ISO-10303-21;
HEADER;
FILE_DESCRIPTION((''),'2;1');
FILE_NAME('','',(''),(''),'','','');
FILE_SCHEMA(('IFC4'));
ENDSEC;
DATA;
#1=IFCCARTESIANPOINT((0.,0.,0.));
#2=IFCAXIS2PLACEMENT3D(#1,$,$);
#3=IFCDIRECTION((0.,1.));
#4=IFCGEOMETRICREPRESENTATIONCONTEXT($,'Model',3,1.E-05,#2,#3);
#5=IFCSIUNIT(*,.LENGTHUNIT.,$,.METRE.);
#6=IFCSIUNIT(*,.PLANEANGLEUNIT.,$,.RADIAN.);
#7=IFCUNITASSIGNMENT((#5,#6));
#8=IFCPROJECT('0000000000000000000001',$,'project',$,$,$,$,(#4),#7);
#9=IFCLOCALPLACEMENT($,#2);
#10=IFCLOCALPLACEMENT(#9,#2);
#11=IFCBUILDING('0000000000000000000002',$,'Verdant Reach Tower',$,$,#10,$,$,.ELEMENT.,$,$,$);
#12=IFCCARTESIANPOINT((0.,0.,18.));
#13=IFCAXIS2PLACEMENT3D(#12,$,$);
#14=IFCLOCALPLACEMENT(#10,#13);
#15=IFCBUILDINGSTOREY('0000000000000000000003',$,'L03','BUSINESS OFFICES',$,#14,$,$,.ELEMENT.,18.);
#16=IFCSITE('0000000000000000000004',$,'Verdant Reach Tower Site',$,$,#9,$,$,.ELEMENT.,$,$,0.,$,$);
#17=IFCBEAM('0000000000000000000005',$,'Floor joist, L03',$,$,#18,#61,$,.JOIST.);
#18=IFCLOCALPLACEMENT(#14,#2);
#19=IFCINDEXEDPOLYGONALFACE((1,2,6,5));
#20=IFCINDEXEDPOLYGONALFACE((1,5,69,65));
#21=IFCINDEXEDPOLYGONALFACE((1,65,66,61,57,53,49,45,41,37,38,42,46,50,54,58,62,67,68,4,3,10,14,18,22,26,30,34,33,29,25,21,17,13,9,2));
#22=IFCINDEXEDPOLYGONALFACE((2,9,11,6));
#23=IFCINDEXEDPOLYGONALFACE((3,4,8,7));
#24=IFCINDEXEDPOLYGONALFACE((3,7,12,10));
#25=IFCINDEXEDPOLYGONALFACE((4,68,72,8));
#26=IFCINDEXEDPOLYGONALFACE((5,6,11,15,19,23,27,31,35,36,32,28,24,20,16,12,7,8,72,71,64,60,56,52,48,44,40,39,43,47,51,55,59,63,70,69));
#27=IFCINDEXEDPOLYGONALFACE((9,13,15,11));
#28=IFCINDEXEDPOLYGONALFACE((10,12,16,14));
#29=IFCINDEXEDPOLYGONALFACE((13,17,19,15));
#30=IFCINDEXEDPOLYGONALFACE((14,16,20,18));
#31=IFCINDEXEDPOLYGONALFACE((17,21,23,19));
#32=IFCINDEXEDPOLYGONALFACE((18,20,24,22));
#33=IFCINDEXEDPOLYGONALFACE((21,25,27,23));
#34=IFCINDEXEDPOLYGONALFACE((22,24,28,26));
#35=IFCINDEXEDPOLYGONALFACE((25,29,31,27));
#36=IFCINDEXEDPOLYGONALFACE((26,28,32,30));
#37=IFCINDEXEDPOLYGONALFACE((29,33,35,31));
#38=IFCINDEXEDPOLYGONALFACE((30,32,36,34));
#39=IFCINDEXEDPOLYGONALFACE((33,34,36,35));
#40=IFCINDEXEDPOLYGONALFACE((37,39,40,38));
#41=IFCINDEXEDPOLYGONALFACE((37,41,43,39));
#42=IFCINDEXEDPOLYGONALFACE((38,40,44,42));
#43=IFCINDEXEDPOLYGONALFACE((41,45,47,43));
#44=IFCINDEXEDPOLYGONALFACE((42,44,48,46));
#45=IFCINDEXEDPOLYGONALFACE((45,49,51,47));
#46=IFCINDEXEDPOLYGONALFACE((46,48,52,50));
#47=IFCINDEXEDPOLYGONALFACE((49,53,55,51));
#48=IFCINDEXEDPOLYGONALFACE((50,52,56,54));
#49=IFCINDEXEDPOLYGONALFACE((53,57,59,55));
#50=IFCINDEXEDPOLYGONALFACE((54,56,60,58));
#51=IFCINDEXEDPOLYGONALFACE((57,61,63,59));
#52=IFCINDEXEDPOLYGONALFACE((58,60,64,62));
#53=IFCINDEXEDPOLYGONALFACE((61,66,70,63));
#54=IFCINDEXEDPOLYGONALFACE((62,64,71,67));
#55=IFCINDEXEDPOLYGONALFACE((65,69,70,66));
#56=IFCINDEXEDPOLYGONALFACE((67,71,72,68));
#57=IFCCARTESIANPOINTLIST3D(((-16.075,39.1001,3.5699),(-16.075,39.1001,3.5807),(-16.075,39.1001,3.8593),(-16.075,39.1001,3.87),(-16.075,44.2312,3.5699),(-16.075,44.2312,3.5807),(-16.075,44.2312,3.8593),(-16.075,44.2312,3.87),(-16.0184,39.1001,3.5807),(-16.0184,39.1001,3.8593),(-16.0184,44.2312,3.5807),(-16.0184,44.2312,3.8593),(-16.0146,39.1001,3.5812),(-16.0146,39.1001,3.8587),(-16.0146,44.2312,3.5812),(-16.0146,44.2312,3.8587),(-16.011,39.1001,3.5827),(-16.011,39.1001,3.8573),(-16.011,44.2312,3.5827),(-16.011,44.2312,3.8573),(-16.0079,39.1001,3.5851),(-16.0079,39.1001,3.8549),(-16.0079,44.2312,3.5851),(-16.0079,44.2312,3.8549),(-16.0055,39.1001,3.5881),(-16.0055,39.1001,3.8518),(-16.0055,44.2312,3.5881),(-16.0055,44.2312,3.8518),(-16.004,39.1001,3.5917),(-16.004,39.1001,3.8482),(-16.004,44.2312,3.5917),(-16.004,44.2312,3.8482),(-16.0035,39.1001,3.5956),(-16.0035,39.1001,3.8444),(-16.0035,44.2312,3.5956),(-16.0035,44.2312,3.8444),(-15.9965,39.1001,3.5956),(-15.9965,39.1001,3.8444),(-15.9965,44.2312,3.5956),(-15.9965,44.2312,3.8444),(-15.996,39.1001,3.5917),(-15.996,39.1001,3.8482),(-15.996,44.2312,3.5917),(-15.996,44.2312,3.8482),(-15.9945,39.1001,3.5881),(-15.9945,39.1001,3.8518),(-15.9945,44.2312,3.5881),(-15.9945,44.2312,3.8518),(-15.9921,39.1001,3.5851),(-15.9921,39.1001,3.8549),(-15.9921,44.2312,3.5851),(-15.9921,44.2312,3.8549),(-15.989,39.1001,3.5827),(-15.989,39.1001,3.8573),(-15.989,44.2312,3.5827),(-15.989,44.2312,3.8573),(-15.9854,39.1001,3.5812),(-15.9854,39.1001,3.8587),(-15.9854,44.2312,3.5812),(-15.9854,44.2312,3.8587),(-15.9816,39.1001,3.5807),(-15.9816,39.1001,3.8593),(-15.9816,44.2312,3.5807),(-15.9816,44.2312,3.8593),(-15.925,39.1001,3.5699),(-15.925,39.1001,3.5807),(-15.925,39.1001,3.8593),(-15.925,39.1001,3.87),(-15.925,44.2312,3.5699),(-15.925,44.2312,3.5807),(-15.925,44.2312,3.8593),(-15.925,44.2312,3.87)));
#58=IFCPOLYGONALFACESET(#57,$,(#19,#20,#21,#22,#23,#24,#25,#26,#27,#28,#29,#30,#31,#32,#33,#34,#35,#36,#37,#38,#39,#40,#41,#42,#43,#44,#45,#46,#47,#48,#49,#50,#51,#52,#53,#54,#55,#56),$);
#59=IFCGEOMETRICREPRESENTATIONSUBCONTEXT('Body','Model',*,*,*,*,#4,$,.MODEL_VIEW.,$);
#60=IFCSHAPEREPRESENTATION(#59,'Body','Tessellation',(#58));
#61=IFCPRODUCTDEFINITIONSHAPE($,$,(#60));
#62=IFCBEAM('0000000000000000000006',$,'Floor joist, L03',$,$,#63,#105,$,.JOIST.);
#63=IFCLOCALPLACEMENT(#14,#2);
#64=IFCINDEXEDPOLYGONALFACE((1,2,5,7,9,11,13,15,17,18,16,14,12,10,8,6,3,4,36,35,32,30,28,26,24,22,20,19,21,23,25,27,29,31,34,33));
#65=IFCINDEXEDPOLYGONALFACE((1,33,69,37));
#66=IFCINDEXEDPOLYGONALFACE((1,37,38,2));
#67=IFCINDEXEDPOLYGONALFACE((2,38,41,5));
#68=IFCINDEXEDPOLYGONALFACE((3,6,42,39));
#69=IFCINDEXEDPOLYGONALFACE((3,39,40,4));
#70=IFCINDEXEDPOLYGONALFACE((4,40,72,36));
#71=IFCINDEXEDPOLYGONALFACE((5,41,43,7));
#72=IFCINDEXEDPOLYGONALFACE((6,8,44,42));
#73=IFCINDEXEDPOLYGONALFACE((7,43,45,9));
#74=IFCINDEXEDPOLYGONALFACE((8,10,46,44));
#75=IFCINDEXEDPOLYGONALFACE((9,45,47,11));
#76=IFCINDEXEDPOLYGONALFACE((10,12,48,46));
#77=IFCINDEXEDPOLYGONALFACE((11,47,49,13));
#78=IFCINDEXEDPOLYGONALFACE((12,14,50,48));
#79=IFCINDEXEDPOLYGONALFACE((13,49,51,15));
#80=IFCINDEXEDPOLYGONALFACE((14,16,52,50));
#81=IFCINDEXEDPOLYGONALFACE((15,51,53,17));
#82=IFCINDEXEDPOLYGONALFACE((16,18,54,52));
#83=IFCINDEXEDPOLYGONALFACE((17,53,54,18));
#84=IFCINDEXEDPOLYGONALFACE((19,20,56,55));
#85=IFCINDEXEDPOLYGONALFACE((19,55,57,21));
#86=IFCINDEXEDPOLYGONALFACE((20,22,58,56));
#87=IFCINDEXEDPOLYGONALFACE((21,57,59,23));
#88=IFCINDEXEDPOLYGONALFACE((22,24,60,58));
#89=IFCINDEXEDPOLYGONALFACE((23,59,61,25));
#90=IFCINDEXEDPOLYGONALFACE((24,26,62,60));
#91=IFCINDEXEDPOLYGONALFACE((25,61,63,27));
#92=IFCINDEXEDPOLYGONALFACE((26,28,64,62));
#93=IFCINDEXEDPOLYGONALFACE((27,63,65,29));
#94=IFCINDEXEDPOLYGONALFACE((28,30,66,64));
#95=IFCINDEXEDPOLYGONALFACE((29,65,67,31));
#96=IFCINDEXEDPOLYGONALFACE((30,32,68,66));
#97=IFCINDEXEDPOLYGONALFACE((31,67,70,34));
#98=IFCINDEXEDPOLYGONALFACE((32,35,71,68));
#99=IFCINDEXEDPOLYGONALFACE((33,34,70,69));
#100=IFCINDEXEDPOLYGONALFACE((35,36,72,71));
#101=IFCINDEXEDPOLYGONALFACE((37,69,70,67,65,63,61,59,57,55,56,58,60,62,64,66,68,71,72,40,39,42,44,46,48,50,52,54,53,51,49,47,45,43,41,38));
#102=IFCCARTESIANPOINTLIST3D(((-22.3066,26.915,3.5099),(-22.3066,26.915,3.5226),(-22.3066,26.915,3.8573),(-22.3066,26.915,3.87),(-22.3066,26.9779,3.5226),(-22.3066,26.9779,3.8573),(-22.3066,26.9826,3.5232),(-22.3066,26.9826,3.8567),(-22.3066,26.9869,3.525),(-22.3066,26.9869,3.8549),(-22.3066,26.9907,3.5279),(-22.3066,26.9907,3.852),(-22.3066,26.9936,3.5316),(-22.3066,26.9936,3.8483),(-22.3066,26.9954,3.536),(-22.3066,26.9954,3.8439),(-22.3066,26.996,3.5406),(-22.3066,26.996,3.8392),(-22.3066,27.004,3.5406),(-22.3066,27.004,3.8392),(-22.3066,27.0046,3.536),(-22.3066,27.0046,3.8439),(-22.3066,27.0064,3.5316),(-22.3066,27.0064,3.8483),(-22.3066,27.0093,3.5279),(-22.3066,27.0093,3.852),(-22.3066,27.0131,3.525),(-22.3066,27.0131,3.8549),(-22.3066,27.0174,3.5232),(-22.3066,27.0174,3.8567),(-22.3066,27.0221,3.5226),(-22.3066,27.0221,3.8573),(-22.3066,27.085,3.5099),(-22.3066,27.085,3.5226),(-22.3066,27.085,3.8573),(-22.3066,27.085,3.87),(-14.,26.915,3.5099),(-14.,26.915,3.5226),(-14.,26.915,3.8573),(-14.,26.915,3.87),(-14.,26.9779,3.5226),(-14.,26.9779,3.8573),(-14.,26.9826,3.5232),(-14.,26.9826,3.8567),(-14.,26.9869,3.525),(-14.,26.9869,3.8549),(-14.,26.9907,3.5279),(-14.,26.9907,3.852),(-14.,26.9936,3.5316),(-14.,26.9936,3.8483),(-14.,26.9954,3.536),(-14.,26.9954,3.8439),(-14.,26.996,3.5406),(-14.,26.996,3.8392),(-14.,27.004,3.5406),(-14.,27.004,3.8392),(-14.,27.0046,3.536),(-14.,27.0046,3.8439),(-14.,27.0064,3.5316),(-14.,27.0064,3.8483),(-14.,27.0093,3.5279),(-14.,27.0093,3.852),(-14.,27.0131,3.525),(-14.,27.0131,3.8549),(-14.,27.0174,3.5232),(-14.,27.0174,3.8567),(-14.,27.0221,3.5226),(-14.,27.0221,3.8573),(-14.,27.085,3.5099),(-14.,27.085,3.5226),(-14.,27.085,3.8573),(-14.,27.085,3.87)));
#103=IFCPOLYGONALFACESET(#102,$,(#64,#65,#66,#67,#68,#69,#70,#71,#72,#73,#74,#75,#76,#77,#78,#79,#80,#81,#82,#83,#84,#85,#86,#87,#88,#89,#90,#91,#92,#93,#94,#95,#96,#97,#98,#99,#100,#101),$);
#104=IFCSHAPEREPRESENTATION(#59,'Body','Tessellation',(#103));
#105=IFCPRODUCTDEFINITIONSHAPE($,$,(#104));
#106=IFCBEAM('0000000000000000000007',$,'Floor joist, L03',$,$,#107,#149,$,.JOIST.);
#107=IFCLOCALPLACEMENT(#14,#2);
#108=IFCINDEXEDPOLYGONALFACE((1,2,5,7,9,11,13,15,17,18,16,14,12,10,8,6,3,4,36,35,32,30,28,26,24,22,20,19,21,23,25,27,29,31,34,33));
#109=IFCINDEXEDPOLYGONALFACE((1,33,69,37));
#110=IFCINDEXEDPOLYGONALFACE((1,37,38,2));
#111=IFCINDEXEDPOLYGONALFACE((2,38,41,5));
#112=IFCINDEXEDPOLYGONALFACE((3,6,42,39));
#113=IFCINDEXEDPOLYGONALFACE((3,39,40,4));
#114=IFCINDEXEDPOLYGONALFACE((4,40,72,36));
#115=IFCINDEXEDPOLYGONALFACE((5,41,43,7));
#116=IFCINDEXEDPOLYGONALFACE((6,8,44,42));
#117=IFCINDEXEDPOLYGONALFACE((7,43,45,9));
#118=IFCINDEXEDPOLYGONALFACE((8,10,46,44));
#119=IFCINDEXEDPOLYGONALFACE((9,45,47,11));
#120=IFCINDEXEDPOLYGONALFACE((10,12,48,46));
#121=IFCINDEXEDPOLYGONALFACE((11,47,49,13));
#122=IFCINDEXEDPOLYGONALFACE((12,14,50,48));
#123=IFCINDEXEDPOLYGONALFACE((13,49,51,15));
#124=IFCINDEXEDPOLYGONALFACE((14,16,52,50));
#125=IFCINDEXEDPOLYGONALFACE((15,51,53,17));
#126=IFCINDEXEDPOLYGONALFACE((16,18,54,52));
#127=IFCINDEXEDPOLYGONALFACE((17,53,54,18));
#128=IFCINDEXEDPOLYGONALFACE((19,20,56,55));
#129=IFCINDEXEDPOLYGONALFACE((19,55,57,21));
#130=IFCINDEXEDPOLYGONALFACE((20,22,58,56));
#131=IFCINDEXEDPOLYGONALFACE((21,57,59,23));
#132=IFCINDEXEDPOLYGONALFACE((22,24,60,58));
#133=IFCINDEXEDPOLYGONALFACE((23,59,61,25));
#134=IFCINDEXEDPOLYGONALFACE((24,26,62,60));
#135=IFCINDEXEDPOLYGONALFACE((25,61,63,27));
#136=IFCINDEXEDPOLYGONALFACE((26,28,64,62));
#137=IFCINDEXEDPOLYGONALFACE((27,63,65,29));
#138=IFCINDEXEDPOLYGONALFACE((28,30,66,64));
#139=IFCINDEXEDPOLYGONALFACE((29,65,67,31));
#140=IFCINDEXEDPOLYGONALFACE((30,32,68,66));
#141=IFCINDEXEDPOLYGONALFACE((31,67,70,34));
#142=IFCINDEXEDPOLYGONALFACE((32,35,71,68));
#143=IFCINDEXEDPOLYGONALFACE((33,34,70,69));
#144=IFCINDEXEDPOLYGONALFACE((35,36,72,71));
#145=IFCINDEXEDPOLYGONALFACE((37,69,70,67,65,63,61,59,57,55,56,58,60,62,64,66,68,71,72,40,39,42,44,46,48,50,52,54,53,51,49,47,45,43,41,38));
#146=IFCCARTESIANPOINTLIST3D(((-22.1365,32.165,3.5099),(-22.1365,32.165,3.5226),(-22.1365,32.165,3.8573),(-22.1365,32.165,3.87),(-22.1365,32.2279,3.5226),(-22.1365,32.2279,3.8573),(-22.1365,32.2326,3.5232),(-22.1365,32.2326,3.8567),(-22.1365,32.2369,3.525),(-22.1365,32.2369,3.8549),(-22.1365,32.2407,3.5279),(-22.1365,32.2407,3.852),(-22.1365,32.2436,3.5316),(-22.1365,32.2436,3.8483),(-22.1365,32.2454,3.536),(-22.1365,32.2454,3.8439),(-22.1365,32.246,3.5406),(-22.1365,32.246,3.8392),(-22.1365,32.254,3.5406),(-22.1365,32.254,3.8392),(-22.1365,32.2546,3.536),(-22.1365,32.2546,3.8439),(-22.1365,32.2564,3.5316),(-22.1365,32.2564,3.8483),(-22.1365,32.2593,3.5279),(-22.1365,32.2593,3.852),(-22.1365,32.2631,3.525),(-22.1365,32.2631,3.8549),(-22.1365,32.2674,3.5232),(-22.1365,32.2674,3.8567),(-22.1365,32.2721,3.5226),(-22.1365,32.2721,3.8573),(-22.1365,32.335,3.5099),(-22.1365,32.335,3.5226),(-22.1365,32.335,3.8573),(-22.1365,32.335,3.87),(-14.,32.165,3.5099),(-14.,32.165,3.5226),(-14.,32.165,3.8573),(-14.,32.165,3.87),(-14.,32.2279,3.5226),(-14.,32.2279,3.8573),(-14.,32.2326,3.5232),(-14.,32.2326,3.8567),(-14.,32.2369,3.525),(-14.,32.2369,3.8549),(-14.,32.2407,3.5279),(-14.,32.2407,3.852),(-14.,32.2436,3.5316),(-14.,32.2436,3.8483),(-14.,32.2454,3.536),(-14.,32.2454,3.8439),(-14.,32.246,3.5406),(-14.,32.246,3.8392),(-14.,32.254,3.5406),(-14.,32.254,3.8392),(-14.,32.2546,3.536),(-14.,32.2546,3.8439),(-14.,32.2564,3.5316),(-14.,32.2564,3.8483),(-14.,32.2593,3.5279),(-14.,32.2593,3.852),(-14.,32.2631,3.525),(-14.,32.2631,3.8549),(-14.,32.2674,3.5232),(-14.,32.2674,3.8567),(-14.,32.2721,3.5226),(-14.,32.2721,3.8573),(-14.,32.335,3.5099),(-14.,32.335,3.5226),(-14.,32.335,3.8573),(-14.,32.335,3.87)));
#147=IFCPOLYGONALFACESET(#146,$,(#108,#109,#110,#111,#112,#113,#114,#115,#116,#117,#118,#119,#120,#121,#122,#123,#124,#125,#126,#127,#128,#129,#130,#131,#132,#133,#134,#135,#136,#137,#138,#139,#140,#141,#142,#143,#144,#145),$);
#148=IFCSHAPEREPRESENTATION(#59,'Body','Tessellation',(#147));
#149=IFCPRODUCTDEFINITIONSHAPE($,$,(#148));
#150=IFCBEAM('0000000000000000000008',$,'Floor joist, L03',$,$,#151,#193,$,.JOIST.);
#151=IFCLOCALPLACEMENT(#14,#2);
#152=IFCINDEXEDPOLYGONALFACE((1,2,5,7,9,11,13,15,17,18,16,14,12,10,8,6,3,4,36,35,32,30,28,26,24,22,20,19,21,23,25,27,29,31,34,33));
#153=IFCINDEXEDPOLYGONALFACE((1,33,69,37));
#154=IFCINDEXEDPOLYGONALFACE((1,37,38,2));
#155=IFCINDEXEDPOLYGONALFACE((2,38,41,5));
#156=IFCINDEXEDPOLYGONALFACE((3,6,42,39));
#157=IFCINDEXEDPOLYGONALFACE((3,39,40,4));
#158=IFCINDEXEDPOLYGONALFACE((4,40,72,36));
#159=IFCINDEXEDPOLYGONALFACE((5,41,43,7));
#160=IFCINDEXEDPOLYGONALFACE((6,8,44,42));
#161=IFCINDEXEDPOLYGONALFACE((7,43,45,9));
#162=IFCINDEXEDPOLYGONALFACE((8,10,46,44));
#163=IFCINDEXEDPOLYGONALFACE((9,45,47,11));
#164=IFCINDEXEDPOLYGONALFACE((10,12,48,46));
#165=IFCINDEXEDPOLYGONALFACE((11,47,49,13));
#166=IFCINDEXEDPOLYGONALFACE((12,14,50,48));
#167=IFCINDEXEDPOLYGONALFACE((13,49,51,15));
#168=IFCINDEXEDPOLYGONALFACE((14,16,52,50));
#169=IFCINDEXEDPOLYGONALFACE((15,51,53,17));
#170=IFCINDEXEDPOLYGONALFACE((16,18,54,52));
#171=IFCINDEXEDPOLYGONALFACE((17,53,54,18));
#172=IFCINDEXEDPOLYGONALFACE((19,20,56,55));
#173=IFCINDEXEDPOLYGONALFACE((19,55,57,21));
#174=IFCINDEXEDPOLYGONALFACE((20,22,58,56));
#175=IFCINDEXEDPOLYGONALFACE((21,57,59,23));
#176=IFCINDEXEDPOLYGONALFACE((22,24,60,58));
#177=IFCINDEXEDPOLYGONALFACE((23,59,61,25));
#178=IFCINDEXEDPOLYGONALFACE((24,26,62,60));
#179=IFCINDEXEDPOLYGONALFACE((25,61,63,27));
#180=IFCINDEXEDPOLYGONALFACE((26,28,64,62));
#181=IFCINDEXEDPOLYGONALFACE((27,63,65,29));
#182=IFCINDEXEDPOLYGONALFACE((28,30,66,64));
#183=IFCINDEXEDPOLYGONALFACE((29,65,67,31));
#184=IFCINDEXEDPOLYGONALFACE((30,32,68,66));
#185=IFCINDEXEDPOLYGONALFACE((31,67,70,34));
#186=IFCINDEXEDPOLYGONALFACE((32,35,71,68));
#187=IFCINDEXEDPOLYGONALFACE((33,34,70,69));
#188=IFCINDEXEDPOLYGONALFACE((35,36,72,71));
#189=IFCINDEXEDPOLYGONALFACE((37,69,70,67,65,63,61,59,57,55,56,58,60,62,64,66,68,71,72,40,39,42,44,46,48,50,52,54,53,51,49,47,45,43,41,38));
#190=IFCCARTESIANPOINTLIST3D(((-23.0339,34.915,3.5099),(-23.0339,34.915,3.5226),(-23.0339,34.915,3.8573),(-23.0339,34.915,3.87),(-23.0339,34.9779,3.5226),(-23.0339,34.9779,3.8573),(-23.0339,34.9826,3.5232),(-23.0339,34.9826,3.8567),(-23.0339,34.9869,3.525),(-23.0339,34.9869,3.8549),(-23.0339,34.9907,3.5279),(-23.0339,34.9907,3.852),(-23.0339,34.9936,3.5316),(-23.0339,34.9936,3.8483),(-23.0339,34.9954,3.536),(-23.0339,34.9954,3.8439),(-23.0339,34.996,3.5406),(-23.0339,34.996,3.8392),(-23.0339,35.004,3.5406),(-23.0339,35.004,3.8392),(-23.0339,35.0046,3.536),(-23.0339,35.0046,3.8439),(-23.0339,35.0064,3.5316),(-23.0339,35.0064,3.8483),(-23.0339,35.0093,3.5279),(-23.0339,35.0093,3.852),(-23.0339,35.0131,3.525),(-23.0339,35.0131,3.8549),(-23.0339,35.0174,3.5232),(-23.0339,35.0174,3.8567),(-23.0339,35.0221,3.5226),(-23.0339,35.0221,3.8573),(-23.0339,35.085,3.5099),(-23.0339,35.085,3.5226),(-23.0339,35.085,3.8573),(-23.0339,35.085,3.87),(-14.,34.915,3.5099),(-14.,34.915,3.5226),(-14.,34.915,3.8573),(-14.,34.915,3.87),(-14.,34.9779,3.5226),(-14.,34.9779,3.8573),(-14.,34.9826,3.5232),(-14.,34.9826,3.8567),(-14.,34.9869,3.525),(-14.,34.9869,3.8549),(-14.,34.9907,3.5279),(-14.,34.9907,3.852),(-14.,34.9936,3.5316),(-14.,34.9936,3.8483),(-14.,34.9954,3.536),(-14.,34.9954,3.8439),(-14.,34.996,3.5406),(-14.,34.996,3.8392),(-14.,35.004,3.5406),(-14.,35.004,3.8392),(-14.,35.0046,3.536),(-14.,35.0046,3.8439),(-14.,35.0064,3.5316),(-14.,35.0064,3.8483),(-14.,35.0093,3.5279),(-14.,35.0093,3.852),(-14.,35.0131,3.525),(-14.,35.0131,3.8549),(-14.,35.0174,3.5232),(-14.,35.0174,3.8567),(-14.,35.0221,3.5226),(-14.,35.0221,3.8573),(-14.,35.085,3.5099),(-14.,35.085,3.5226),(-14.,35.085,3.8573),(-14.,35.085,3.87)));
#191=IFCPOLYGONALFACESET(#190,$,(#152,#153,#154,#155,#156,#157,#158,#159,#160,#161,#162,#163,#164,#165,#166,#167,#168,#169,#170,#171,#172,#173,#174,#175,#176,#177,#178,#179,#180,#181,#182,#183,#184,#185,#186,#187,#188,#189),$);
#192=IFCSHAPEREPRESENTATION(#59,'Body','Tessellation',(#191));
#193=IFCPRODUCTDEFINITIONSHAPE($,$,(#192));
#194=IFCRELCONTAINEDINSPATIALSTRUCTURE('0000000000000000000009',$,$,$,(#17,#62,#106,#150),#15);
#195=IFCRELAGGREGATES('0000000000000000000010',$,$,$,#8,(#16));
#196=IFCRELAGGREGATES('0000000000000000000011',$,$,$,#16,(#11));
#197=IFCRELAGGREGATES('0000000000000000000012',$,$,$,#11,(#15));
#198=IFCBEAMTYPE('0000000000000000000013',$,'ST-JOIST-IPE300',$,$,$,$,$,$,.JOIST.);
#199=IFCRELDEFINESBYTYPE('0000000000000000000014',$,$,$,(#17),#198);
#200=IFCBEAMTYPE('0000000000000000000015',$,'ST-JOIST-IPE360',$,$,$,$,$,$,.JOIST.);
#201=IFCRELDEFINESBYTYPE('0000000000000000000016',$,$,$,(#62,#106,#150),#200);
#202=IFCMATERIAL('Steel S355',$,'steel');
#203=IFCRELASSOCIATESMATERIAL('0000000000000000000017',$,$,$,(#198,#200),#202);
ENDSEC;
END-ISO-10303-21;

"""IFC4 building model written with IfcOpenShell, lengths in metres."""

from ifc_helpers import new_model, si_unit, direction, frame, origin, origin_2d, place, context, subcontext, project, spatial, i_section, extrude, material, material_profile, profile_set, type_object, element, save


model = new_model("IFC4")

# Units and contexts
model_context = context("Model", 3, precision=1e-05, world=origin(), true_north=direction((0.0, 1.0)))
body_context = subcontext(model_context, "Body", "Model", "MODEL_VIEW")
ifc_project = project(units=[si_unit("LENGTHUNIT", "METRE"), si_unit("PLANEANGLEUNIT", "RADIAN")], contexts=[model_context])

# Site, building, storey
site_placement = place(None, origin())
site = spatial("IfcSite", under=ifc_project, at=site_placement, Name="Verdant Reach Tower Site", CompositionType="ELEMENT", RefElevation=0.0)
building_placement = place(site_placement, origin())
building = spatial("IfcBuilding", under=site, at=building_placement, Name="Verdant Reach Tower", CompositionType="ELEMENT")
storey_placement = place(building_placement, frame((0.0, 0.0, 18.0)))
storey = spatial("IfcBuildingStorey", under=building, at=storey_placement, Name="L03", Description="BUSINESS OFFICES", CompositionType="ELEMENT", Elevation=18.0)

# Beams
ifc_material_1 = material(Name="Steel S355", Category="steel")
ifc_material_profile_1 = material_profile(ifc_material_1, i_section(OverallWidth=0.1499, OverallDepth=0.3, WebThickness=0.0071, FlangeThickness=0.0107, FilletRadius=0.0149, at=origin_2d()), Name="IPE 300")
ifc_profile_set_1 = profile_set([ifc_material_profile_1], Name="Steel S355")
beam_type_1 = type_object("IfcBeamType", Name="ST-JOIST-IPE300", PredefinedType="JOIST", material=ifc_profile_set_1)
beam_1_placement = place(storey_placement, frame((-16.0, 39.1001, 3.72), z_axis=(0.0, 1.0, 0.0), x_axis=(-1.0, 0.0, 0.0)))
element("IfcBeam", 1, at=beam_1_placement, inside=storey, type_object=beam_type_1, Name="Floor joist, L03", PredefinedType="JOIST", context=body_context, shape_type="SweptSolid", body=[
    extrude(i_section(OverallWidth=0.1499, OverallDepth=0.3, WebThickness=0.0071, FlangeThickness=0.0107, FilletRadius=0.0149, at=origin_2d()), origin(), (0.0, 0.0, 1.0), 5.1311),
])
ifc_material_profile_2 = material_profile(ifc_material_1, i_section(OverallWidth=0.1699, OverallDepth=0.3601, WebThickness=0.0081, FlangeThickness=0.0127, FilletRadius=0.0181, at=origin_2d()), Name="IPE 360")
ifc_profile_set_2 = profile_set([ifc_material_profile_2], Name="Steel S355")
beam_type_2 = type_object("IfcBeamType", Name="ST-JOIST-IPE360", PredefinedType="JOIST", material=ifc_profile_set_2)
beam_2_placement = place(storey_placement, frame((-14.0, 27.0, 3.6899), z_axis=(-1.0, 0.0, 0.0), x_axis=(0.0, -1.0, 0.0)))
element("IfcBeam", 2, at=beam_2_placement, inside=storey, type_object=beam_type_2, Name="Floor joist, L03", PredefinedType="JOIST", context=body_context, shape_type="SweptSolid", body=[
    extrude(i_section(OverallWidth=0.1699, OverallDepth=0.3601, WebThickness=0.0081, FlangeThickness=0.0127, FilletRadius=0.0181, at=origin_2d()), origin(), (0.0, 0.0, 1.0), 8.3066),
])
beam_3_placement = place(storey_placement, frame((-14.0, 32.25, 3.6899), z_axis=(-1.0, 0.0, 0.0), x_axis=(0.0, -1.0, 0.0)))
element("IfcBeam", 3, at=beam_3_placement, inside=storey, type_object=beam_type_2, Name="Floor joist, L03", PredefinedType="JOIST", context=body_context, shape_type="SweptSolid", body=[
    extrude(i_section(OverallWidth=0.1699, OverallDepth=0.3601, WebThickness=0.0081, FlangeThickness=0.0127, FilletRadius=0.0181, at=origin_2d()), origin(), (0.0, 0.0, 1.0), 8.1365),
])
beam_4_placement = place(storey_placement, frame((-14.0, 35.0, 3.6899), z_axis=(-1.0, 0.0, 0.0), x_axis=(0.0, -1.0, 0.0)))
element("IfcBeam", 4, at=beam_4_placement, inside=storey, type_object=beam_type_2, Name="Floor joist, L03", PredefinedType="JOIST", context=body_context, shape_type="SweptSolid", body=[
    extrude(i_section(OverallWidth=0.1699, OverallDepth=0.3601, WebThickness=0.0081, FlangeThickness=0.0127, FilletRadius=0.0181, at=origin_2d()), origin(), (0.0, 0.0, 1.0), 9.0339),
])

save(model, "model.ifc")
